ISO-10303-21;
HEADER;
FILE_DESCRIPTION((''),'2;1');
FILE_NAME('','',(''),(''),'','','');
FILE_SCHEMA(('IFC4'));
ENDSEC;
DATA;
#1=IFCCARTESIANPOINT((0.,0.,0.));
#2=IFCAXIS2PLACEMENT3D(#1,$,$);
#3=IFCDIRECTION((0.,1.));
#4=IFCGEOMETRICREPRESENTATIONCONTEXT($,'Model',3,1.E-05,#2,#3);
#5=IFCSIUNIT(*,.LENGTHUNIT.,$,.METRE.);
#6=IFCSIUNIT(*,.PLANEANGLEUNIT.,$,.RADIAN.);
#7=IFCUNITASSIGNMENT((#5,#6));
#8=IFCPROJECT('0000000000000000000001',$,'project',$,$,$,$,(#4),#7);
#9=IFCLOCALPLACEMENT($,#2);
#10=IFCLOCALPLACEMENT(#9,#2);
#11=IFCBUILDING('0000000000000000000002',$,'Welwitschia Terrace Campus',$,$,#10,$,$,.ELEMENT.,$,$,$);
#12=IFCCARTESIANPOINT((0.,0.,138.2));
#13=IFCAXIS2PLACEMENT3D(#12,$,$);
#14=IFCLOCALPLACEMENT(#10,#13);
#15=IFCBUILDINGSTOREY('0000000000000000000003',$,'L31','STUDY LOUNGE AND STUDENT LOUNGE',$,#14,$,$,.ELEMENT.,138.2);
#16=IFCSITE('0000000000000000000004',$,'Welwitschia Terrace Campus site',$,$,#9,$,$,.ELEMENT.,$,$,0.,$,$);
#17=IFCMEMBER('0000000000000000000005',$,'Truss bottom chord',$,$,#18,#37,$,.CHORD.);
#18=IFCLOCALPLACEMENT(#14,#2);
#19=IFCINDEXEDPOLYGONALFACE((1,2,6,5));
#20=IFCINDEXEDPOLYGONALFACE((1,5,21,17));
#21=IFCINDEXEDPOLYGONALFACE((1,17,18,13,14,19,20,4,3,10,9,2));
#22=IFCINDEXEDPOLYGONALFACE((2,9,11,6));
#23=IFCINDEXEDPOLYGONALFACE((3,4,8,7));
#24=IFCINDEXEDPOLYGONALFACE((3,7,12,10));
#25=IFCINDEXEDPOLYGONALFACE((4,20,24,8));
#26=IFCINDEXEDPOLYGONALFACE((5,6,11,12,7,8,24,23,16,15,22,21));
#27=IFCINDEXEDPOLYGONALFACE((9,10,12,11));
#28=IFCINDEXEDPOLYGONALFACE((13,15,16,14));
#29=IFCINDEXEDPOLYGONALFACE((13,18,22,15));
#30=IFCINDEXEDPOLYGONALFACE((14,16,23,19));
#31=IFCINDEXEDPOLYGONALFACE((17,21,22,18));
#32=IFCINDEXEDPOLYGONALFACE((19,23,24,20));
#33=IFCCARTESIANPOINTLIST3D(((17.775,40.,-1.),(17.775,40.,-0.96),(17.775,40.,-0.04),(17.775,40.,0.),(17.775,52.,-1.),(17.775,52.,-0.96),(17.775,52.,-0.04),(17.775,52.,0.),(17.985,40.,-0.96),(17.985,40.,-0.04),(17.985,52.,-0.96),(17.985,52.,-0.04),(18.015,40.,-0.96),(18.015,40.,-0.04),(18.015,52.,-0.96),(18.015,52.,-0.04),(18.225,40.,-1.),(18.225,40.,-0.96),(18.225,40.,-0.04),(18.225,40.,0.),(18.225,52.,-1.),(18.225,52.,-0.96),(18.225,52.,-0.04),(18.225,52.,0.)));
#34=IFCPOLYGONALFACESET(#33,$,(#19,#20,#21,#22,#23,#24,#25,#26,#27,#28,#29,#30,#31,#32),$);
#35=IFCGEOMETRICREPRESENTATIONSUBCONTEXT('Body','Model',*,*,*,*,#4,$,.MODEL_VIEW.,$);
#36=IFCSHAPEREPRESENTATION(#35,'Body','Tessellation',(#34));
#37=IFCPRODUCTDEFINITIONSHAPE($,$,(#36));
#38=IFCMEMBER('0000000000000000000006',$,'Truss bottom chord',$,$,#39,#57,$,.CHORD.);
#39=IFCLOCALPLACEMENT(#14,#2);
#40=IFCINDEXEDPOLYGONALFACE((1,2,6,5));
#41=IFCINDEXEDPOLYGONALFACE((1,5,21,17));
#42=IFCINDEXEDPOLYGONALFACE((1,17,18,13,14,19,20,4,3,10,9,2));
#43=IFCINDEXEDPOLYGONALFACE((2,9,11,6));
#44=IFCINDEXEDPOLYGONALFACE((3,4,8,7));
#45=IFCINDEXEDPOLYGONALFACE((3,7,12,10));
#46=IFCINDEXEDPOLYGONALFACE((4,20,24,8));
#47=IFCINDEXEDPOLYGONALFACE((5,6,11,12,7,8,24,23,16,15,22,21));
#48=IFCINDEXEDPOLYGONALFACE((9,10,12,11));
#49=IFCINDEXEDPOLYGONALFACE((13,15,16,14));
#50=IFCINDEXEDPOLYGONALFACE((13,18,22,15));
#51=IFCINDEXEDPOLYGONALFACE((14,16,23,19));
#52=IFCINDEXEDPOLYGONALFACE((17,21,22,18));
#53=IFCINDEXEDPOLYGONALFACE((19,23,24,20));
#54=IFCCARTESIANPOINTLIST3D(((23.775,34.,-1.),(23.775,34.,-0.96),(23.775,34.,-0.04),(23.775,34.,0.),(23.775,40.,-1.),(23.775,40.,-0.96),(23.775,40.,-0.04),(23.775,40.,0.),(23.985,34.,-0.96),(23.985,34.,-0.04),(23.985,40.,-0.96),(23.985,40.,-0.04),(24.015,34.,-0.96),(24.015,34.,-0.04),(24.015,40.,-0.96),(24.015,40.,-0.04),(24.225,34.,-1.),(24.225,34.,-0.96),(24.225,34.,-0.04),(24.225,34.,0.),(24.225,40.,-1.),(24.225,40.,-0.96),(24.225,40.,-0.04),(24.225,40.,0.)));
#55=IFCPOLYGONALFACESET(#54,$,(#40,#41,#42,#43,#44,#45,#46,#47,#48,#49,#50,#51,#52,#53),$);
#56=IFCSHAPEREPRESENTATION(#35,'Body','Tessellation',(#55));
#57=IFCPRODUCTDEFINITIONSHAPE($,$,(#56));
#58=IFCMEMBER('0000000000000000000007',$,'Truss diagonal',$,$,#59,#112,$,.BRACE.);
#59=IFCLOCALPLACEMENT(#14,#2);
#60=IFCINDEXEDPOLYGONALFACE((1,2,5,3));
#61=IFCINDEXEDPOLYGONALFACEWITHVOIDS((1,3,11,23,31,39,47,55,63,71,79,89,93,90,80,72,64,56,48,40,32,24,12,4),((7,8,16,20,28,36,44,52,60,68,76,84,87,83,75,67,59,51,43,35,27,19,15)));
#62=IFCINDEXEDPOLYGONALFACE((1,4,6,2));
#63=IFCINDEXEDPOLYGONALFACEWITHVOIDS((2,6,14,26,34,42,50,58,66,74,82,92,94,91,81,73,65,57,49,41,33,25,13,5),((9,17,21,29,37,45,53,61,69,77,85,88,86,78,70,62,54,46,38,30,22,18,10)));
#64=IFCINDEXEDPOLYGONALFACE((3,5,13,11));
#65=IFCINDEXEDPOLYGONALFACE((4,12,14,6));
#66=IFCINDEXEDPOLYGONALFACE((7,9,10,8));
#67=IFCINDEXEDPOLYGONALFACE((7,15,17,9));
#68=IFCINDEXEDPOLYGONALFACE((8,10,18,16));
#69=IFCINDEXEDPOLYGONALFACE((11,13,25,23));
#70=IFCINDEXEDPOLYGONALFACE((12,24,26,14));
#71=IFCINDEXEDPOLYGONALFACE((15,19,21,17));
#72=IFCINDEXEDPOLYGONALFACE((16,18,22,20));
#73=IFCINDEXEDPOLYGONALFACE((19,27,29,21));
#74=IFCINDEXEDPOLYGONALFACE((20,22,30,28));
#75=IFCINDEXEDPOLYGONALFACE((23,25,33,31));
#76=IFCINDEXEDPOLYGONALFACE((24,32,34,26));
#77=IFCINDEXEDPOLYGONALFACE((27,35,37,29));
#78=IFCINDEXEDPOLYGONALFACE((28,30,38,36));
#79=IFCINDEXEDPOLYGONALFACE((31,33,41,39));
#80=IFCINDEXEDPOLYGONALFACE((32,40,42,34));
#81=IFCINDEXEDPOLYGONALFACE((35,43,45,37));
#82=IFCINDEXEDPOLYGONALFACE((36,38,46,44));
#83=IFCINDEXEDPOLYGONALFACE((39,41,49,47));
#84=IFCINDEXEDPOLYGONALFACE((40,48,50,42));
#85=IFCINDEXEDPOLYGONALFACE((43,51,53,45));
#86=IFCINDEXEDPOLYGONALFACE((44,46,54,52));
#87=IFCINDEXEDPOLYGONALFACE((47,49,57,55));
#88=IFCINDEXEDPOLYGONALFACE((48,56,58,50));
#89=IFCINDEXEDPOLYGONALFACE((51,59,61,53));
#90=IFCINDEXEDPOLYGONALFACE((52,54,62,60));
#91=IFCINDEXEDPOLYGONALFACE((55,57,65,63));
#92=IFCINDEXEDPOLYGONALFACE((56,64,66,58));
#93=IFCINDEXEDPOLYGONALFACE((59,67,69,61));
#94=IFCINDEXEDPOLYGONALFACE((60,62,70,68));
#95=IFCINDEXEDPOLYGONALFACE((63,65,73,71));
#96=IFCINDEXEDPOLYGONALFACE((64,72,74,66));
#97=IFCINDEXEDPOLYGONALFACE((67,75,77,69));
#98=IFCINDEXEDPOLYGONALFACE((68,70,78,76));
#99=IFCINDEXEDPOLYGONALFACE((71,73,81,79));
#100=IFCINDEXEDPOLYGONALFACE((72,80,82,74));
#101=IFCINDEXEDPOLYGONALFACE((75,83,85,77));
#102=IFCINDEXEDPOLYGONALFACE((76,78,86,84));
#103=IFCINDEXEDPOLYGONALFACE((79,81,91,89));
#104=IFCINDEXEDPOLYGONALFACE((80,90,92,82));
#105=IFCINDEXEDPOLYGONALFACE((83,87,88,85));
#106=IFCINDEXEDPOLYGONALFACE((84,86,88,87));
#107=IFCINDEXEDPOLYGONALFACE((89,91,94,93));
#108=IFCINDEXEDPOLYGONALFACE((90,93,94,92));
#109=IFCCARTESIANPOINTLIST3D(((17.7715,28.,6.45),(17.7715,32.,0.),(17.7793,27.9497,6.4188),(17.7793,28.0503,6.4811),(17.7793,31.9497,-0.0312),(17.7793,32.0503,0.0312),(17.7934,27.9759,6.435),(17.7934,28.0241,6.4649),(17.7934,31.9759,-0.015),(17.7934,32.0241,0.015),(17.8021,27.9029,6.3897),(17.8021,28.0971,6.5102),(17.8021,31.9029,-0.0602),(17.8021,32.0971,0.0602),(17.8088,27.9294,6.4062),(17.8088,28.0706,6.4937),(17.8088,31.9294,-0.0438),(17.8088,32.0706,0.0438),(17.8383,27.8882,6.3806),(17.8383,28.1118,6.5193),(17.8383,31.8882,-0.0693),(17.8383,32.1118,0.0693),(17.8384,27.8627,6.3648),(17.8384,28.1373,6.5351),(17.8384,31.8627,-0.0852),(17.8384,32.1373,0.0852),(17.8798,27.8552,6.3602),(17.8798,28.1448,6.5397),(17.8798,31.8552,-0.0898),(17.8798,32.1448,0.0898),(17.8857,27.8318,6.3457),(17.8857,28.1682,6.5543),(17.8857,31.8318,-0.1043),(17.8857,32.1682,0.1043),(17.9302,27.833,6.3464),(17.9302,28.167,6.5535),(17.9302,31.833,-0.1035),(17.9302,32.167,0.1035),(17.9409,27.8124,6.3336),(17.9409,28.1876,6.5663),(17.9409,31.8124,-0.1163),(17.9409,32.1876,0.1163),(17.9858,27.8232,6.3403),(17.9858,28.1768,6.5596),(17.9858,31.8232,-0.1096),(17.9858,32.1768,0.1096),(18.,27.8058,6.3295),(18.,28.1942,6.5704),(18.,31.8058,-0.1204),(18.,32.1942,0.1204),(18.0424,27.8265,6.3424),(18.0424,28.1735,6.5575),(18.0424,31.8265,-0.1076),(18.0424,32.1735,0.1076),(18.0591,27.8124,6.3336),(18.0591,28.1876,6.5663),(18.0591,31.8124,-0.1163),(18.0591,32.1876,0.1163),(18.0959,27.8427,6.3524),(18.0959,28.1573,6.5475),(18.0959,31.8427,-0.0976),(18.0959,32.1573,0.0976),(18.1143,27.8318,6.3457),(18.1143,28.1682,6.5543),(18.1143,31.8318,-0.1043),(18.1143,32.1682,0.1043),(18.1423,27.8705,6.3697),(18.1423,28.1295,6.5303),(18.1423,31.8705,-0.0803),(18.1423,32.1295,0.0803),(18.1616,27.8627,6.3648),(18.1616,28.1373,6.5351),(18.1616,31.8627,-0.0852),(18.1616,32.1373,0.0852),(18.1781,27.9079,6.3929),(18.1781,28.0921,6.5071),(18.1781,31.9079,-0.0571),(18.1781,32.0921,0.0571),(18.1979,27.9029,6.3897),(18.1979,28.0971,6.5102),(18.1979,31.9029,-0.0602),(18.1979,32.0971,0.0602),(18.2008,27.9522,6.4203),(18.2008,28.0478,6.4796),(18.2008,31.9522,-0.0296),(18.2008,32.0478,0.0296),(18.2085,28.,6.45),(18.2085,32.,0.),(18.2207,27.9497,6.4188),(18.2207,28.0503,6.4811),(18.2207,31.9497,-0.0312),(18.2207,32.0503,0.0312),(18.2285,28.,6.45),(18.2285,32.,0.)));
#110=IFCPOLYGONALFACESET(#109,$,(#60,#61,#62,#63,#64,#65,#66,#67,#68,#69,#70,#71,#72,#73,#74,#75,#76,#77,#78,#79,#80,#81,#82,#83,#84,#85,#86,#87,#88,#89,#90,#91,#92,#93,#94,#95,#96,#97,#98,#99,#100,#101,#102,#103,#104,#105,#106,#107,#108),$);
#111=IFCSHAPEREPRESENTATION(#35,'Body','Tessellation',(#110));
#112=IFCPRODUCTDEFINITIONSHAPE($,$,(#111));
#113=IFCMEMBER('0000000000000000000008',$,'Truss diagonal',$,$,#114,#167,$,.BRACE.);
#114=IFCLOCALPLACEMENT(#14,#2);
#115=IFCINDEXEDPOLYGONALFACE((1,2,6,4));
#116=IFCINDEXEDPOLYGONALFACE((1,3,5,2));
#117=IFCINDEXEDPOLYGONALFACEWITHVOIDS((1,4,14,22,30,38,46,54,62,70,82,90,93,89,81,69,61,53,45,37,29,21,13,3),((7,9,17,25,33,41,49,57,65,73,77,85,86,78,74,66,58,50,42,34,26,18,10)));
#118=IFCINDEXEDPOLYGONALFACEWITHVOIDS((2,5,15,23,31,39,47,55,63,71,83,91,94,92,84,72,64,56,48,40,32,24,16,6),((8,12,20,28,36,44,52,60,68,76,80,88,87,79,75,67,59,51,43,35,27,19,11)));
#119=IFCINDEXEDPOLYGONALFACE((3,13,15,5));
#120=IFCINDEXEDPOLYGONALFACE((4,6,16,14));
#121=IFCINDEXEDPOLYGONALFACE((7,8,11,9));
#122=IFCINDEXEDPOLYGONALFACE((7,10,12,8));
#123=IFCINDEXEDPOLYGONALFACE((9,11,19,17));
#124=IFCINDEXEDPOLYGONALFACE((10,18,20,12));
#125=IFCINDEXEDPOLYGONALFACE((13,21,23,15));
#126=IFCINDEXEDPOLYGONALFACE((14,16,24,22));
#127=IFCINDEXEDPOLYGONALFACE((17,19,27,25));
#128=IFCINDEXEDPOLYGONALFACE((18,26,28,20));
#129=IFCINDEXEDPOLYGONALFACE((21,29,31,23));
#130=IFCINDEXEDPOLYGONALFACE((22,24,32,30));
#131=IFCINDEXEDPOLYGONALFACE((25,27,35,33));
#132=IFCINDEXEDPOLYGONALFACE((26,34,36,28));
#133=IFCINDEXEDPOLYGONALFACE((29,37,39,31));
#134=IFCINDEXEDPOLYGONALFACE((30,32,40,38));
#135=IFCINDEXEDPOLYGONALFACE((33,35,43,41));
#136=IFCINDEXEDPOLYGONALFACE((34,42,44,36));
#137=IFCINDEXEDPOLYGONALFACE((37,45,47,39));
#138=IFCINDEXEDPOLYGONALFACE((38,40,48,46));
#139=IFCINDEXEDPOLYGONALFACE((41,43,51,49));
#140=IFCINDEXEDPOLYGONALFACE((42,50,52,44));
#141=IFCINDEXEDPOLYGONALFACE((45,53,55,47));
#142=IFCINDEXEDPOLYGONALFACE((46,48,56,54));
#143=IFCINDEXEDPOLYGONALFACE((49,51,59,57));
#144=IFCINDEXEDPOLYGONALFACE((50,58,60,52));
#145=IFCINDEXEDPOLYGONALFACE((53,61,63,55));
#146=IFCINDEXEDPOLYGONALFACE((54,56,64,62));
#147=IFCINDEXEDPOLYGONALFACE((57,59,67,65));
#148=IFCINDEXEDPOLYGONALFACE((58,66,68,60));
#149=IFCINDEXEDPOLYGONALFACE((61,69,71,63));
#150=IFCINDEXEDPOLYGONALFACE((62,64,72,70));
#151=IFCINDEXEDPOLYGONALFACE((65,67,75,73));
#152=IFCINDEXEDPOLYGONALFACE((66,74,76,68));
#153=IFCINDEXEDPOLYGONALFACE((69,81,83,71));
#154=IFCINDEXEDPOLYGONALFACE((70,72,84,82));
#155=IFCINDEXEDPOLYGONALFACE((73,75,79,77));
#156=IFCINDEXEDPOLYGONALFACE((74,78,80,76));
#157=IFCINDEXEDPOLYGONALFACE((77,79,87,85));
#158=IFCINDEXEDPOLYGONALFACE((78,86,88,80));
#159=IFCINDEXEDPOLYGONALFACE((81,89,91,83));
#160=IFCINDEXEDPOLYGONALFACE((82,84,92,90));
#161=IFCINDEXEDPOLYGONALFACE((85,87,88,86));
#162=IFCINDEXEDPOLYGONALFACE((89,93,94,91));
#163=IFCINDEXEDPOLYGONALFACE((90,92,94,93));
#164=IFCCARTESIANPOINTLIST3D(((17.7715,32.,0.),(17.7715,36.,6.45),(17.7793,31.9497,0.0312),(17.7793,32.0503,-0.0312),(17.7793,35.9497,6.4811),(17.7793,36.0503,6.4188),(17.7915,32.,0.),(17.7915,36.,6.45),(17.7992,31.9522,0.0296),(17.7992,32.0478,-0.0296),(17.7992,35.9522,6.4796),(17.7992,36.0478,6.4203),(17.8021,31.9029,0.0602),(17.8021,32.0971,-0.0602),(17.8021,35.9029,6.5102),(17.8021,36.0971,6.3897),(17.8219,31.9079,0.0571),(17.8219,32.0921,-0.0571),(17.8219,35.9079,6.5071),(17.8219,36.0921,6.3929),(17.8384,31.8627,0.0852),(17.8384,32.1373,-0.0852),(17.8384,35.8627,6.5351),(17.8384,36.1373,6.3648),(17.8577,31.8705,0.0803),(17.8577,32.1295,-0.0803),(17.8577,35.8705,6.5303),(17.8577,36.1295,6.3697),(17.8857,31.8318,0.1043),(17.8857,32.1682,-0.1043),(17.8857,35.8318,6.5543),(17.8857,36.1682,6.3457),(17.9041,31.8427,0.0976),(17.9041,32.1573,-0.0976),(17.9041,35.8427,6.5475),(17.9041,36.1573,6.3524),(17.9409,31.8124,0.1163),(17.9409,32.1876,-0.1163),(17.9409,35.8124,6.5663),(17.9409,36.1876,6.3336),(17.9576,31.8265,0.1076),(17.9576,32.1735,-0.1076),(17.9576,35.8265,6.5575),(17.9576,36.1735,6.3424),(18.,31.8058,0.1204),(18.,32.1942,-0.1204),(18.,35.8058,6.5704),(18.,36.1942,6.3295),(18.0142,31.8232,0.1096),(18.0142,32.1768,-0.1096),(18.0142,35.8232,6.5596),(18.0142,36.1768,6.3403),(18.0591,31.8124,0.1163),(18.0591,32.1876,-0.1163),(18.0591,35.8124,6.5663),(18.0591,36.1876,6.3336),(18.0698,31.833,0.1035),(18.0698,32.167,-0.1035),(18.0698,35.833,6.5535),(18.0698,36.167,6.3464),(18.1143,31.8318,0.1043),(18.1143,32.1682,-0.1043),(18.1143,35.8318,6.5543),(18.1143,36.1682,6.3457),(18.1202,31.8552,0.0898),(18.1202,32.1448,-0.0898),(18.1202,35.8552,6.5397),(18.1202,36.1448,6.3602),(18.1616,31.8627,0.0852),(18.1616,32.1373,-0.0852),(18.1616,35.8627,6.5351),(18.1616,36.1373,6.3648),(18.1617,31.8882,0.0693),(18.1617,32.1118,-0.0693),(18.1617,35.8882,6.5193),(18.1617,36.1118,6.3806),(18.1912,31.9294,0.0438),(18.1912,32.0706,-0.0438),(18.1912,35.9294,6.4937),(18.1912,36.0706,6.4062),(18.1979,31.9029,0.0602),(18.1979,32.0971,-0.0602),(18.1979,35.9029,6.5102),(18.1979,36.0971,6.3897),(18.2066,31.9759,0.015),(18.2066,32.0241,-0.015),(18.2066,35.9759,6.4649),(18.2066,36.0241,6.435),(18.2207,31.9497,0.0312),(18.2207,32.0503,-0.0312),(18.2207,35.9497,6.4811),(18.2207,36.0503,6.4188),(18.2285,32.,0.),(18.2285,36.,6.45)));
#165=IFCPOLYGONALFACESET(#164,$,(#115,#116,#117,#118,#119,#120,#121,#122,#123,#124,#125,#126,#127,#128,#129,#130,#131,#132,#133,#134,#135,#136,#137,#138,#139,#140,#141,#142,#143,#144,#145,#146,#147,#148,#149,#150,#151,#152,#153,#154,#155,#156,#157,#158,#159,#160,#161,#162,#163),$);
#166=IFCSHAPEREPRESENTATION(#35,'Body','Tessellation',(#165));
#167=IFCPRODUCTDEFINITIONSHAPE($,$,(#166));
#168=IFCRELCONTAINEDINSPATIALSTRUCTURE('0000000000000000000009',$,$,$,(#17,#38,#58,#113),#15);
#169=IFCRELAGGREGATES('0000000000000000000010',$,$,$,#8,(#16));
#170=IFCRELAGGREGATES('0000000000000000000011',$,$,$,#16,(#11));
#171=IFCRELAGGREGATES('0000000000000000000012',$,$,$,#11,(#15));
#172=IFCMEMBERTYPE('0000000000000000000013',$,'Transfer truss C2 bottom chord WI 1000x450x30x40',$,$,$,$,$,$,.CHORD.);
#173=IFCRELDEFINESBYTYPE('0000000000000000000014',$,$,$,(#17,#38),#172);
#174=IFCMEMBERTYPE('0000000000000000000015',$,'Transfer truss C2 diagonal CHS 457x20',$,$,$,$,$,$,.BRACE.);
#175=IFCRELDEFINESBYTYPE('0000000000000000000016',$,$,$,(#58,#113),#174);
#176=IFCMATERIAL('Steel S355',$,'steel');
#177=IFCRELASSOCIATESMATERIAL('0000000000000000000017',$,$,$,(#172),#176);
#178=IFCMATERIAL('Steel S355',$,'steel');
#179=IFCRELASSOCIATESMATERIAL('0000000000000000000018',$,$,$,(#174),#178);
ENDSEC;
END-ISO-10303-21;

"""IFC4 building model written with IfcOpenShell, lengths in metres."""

from ifc_helpers import new_model, si_unit, direction, frame, origin, origin_2d, place, context, subcontext, project, spatial, hollow_circle, i_section, extrude, material, material_profile, profile_set, type_object, element, save


model = new_model("IFC4")

# Units and contexts
model_context = context("Model", 3, precision=1e-05, world=origin(), true_north=direction((0.0, 1.0)))
body_context = subcontext(model_context, "Body", "Model", "MODEL_VIEW")
ifc_project = project(units=[si_unit("LENGTHUNIT", "METRE"), si_unit("PLANEANGLEUNIT", "RADIAN")], contexts=[model_context])

# Site, building, storey
site_placement = place(None, origin())
site = spatial("IfcSite", under=ifc_project, at=site_placement, Name="Welwitschia Terrace Campus site", CompositionType="ELEMENT", RefElevation=0.0)
building_placement = place(site_placement, origin())
building = spatial("IfcBuilding", under=site, at=building_placement, Name="Welwitschia Terrace Campus", CompositionType="ELEMENT")
storey_placement = place(building_placement, frame((0.0, 0.0, 138.2)))
storey = spatial("IfcBuildingStorey", under=building, at=storey_placement, Name="L31", Description="STUDY LOUNGE AND STUDENT LOUNGE", CompositionType="ELEMENT", Elevation=138.2)

# Members
ifc_material_1 = material(Name="Steel S355", Category="steel")
ifc_material_profile_1 = material_profile(ifc_material_1, i_section(OverallWidth=0.45, OverallDepth=1.0, WebThickness=0.03, FlangeThickness=0.04, at=origin_2d()))
ifc_profile_set_1 = profile_set([ifc_material_profile_1], Name="Steel S355")
member_type_1 = type_object("IfcMemberType", Name="Transfer truss C2 bottom chord WI 1000x450x30x40", PredefinedType="CHORD", material=ifc_profile_set_1)
member_1_placement = place(storey_placement, frame((18.0, 40.0, -0.5), z_axis=(0.0, 1.0, 0.0), x_axis=(-1.0, 0.0, 0.0)))
element("IfcMember", 1, at=member_1_placement, inside=storey, type_object=member_type_1, Name="Truss bottom chord", PredefinedType="CHORD", context=body_context, shape_type="SweptSolid", body=[
    extrude(i_section(OverallWidth=0.45, OverallDepth=1.0, WebThickness=0.03, FlangeThickness=0.04, at=origin_2d()), origin(), (0.0, 0.0, 1.0), 12.0),
])
member_2_placement = place(storey_placement, frame((24.0, 34.0, -0.5), z_axis=(0.0, 1.0, 0.0), x_axis=(-1.0, 0.0, 0.0)))
element("IfcMember", 2, at=member_2_placement, inside=storey, type_object=member_type_1, Name="Truss bottom chord", PredefinedType="CHORD", context=body_context, shape_type="SweptSolid", body=[
    extrude(i_section(OverallWidth=0.45, OverallDepth=1.0, WebThickness=0.03, FlangeThickness=0.04, at=origin_2d()), origin(), (0.0, 0.0, 1.0), 6.0),
])
ifc_material_2 = material(Name="Steel S355", Category="steel")
ifc_material_profile_2 = material_profile(ifc_material_2, hollow_circle(Radius=0.2285, WallThickness=0.02, at=origin_2d()))
ifc_profile_set_2 = profile_set([ifc_material_profile_2], Name="Steel S355")
member_type_2 = type_object("IfcMemberType", Name="Transfer truss C2 diagonal CHS 457x20", PredefinedType="BRACE", material=ifc_profile_set_2)
for number, where, z_axis, x_axis, name in (
    (3, (18.0, 32.0, 0.0), (0.0, -0.527038, 0.849842), (1.0, 0.0, 0.0), "Truss diagonal"),
    (4, (18.0, 32.0, 0.0), (0.0, 0.527038, 0.849842), (-1.0, 0.0, 0.0), "Truss diagonal"),
):
    element("IfcMember", number, at=place(storey_placement, frame(where, z_axis=z_axis, x_axis=x_axis)), inside=storey, type_object=member_type_2, Name=name, PredefinedType="BRACE", context=body_context, shape_type="SweptSolid", body=[
        extrude(hollow_circle(Radius=0.2285, WallThickness=0.02, at=origin_2d()), origin(), (0.0, 0.0, 1.0), 7.5896),
    ])

save(model, "model.ifc")
